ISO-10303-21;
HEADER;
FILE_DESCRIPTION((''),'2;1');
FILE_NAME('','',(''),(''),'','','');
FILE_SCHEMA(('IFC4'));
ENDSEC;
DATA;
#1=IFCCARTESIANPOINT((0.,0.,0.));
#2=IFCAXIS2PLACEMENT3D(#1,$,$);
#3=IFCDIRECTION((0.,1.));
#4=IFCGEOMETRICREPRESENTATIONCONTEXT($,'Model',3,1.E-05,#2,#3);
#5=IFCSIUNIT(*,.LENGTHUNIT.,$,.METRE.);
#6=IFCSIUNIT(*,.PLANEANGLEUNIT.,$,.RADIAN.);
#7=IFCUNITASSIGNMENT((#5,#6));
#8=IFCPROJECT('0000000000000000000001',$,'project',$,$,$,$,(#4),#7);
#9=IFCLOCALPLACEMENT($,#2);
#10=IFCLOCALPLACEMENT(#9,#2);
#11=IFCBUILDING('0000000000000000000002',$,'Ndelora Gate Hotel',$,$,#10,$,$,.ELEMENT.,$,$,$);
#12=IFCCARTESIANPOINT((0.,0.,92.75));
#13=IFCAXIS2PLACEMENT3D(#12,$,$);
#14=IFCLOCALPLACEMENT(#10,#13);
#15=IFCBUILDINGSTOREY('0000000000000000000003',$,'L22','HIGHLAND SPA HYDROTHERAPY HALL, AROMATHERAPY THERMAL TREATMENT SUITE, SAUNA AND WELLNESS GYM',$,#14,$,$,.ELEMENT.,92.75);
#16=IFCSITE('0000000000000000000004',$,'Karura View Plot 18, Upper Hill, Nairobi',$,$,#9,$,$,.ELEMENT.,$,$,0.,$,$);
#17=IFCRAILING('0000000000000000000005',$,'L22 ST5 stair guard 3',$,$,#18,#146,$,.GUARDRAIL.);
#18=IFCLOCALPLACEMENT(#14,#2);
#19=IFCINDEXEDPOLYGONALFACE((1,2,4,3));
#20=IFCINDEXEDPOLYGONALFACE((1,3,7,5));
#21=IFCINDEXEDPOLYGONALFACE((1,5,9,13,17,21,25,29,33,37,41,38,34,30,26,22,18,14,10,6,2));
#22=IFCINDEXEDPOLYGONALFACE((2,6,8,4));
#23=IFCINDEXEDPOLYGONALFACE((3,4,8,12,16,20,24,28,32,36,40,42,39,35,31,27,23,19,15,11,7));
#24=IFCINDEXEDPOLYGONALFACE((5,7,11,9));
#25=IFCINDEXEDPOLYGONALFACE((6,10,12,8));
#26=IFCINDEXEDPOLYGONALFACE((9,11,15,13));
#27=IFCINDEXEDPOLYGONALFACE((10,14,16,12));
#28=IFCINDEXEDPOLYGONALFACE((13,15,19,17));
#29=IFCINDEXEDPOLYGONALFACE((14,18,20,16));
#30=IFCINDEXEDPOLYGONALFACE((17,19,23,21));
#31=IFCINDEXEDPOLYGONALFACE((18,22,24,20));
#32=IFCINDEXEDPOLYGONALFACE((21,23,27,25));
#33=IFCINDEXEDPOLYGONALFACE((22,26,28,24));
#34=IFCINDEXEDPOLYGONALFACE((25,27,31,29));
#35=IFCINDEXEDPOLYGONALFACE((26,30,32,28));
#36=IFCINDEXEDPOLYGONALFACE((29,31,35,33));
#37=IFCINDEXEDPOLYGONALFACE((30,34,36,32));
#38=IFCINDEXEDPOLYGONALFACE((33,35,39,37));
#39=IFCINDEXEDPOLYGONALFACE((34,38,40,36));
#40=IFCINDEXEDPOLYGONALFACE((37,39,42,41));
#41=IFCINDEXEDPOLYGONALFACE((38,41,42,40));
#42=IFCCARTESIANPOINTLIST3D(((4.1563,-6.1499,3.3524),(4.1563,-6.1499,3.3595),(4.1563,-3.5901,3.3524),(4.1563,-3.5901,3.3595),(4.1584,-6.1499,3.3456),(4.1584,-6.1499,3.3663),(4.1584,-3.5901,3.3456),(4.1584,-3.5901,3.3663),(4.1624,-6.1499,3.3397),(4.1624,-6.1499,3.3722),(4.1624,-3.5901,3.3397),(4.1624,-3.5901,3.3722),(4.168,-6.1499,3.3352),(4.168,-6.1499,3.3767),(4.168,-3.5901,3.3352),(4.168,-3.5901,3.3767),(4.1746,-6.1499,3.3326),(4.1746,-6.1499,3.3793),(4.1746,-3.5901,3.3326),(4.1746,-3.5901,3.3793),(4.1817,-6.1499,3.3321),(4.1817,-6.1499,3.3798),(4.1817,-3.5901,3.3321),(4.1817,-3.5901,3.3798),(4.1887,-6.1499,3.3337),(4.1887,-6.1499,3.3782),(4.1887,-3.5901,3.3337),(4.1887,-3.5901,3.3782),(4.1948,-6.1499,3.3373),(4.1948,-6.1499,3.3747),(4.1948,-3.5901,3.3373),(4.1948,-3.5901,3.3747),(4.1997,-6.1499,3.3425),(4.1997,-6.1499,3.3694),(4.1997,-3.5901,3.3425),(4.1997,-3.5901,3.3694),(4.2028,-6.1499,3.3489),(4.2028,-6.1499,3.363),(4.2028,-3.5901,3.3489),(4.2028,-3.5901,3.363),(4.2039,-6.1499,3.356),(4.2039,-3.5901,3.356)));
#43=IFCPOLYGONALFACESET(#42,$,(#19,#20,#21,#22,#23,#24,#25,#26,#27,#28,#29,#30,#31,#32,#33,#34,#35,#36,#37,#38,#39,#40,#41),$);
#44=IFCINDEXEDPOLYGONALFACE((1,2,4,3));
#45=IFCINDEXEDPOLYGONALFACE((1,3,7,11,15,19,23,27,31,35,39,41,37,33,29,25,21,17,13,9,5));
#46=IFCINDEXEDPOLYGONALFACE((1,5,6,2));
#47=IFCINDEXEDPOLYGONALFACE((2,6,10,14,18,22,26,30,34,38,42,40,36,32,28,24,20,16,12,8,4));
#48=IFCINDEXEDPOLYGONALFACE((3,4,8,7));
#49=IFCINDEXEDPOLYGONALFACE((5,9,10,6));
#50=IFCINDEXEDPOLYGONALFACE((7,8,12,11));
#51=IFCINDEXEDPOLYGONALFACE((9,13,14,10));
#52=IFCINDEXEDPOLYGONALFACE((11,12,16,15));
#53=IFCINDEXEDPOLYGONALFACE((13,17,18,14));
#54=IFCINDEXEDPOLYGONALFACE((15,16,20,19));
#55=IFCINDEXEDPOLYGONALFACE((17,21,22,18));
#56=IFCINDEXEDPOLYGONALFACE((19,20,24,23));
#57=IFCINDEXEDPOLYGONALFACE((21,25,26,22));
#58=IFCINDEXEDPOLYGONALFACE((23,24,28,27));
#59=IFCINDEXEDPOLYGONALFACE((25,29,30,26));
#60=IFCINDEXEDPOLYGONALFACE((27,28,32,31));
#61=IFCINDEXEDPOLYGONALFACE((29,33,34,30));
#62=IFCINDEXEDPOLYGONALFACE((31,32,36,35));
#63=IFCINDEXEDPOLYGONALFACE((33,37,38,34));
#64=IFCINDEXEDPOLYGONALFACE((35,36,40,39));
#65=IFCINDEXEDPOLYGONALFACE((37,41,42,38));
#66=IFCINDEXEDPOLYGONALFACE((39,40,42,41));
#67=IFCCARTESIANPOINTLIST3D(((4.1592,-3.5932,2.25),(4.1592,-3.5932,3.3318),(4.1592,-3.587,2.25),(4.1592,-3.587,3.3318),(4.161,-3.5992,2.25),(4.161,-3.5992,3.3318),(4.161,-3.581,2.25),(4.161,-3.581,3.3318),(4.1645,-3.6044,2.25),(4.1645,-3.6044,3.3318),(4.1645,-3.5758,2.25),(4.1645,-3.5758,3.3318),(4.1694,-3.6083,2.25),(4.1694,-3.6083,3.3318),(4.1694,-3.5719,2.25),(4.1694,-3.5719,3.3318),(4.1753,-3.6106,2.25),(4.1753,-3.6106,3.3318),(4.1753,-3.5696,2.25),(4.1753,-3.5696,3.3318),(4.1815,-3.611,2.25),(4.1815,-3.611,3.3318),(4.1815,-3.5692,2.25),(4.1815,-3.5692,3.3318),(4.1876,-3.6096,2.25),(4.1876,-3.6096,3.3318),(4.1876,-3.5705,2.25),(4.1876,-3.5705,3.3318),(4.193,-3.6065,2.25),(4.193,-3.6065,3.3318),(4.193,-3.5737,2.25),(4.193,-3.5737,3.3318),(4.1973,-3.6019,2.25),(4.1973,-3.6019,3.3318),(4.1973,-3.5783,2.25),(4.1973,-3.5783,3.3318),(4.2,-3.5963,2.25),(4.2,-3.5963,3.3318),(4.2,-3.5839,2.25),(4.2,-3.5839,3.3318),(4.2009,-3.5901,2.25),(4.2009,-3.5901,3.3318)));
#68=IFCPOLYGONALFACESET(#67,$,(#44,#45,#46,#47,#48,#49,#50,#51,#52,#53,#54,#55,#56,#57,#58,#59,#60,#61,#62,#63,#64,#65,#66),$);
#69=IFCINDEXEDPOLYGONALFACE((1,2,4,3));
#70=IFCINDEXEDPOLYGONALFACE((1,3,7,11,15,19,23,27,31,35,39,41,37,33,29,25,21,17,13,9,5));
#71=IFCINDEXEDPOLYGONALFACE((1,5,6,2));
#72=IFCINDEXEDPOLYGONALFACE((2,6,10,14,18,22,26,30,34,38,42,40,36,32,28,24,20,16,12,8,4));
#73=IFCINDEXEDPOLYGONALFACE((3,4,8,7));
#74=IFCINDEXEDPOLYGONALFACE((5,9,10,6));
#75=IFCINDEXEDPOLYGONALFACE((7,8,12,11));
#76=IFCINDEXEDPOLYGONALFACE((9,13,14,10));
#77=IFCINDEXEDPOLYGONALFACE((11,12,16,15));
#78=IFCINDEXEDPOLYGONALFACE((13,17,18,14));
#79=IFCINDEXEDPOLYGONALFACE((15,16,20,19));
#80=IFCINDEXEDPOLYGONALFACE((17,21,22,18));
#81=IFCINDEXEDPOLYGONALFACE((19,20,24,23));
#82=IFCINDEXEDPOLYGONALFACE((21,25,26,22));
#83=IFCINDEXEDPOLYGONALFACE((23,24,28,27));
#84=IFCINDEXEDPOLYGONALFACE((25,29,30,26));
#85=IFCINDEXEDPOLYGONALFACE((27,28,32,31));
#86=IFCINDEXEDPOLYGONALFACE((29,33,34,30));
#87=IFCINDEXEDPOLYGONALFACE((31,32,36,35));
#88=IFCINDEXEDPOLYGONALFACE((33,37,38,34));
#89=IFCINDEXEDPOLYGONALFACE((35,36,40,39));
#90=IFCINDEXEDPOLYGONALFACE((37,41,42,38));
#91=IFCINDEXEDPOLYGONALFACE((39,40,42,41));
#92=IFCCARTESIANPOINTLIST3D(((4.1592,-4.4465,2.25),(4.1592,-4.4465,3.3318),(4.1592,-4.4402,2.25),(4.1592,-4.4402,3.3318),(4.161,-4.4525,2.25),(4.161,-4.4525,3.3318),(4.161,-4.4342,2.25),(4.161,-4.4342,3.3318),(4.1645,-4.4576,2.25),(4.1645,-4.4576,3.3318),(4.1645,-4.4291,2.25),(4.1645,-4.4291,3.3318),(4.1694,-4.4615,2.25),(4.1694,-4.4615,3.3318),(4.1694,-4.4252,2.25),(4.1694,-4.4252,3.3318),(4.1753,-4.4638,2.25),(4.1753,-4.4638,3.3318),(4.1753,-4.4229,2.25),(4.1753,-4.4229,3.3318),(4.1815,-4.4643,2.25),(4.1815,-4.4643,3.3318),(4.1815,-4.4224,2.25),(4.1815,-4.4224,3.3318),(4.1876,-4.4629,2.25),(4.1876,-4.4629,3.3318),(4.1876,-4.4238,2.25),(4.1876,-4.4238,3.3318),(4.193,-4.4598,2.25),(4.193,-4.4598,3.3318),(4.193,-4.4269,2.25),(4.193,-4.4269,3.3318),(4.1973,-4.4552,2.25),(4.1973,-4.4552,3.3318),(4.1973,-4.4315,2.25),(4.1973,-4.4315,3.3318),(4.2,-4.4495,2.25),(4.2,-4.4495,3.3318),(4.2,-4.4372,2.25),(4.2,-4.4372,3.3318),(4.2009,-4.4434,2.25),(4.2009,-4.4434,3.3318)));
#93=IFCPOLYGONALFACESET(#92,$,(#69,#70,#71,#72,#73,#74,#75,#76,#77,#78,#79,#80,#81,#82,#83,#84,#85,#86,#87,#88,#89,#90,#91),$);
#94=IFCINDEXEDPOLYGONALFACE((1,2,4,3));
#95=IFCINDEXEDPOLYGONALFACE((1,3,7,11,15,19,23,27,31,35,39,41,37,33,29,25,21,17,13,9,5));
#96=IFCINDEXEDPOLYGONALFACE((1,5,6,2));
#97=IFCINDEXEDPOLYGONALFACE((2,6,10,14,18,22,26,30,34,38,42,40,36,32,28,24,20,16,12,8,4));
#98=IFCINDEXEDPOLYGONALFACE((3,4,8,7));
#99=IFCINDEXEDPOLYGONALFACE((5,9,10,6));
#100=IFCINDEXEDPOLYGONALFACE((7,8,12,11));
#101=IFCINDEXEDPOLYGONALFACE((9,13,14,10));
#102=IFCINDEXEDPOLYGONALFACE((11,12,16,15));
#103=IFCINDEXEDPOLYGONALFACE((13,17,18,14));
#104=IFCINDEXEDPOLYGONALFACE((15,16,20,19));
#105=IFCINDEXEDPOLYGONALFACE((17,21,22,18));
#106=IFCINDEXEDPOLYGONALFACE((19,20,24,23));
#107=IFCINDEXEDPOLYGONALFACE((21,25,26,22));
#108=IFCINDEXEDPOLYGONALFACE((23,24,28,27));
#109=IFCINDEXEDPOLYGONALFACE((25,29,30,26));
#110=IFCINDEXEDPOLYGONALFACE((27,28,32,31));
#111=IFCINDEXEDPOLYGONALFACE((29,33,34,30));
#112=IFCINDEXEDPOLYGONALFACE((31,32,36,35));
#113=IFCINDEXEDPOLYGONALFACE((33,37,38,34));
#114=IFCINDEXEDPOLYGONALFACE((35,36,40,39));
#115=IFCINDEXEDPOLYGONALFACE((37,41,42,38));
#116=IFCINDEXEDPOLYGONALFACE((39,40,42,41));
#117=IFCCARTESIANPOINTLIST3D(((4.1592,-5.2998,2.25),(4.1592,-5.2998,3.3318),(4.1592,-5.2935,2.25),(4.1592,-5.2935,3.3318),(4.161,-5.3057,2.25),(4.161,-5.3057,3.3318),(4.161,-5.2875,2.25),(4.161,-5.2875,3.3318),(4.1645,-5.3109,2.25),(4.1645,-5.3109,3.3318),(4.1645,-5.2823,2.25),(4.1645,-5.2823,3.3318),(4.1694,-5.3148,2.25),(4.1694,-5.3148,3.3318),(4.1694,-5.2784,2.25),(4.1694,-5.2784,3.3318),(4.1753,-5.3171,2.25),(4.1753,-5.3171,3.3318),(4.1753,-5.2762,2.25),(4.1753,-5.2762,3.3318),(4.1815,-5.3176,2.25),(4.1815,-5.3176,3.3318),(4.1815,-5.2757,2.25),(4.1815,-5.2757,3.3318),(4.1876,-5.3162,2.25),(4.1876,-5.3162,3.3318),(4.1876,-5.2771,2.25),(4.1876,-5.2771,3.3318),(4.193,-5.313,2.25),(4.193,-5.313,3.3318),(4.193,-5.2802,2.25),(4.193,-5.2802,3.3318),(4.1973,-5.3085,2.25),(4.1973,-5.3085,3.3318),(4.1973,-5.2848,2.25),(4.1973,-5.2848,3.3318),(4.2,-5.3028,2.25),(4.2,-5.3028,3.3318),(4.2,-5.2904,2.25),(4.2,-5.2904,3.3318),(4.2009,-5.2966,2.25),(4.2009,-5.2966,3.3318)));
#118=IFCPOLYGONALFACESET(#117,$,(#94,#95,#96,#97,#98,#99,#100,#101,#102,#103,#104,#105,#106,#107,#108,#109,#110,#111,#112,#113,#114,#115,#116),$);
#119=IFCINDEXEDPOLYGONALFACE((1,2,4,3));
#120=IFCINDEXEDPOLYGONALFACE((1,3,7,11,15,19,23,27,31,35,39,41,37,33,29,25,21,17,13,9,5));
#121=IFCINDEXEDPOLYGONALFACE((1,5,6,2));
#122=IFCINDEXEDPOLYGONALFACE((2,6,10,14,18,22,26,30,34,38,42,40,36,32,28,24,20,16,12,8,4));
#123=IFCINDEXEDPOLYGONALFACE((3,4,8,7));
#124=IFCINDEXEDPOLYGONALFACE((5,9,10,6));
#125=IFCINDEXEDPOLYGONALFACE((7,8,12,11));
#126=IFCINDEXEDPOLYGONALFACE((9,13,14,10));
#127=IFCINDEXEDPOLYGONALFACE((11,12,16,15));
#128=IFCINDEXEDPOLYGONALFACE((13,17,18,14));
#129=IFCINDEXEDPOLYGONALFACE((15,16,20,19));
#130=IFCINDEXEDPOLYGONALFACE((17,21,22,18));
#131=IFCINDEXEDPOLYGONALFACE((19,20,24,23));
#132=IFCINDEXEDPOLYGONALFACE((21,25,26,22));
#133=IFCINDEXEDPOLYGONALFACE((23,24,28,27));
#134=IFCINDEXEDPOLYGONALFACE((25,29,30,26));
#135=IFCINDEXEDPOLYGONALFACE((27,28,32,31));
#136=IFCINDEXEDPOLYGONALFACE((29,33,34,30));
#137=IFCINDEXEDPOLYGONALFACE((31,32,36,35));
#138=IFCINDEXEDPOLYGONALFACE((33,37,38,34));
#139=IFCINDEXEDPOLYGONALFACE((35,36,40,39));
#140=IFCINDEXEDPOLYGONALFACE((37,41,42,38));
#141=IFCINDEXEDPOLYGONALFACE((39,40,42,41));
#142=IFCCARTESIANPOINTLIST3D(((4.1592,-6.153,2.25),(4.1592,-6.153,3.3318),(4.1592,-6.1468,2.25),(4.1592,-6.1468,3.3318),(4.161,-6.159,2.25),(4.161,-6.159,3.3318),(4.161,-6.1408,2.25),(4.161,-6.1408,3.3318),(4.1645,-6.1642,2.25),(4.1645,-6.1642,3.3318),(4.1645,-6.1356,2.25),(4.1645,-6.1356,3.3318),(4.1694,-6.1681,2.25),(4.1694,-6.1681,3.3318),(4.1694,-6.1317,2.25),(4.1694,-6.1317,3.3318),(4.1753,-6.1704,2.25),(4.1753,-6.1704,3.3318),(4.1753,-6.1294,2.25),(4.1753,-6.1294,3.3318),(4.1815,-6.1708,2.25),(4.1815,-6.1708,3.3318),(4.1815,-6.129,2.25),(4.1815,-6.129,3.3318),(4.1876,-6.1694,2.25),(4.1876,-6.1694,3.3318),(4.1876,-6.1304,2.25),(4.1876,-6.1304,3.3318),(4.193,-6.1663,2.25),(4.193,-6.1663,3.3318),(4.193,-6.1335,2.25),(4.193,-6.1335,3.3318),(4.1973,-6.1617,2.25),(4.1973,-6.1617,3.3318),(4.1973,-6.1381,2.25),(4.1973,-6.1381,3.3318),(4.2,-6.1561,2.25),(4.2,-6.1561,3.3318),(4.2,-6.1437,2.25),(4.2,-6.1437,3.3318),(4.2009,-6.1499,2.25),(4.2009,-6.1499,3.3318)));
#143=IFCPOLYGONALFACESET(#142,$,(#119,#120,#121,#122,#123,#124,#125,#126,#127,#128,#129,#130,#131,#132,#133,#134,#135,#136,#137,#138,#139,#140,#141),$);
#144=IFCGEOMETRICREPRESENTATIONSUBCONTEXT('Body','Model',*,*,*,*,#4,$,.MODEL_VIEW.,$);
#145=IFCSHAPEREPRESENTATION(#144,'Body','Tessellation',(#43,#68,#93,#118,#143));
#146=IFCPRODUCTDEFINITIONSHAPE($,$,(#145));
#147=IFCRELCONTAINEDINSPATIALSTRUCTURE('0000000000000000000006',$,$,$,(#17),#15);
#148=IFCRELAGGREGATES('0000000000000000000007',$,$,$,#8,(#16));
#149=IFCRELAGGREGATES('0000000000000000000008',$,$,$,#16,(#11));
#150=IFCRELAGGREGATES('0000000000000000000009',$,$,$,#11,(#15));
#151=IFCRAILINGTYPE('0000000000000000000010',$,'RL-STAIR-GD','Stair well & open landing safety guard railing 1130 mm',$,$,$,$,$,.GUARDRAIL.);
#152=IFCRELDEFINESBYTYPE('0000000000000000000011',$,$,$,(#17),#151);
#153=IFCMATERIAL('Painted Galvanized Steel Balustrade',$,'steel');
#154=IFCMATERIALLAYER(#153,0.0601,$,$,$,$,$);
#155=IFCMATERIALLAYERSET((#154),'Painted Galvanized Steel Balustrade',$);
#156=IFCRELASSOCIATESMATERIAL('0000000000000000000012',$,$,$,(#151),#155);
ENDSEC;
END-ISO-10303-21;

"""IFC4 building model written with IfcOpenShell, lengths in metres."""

from ifc_helpers import new_model, si_unit, direction, frame, origin, origin_2d, place, context, subcontext, project, spatial, circle, extrude, material, layer, layer_set, type_object, element, save


model = new_model("IFC4")

# Units and contexts
model_context = context("Model", 3, precision=1e-05, world=origin(), true_north=direction((0.0, 1.0)))
body_context = subcontext(model_context, "Body", "Model", "MODEL_VIEW")
ifc_project = project(units=[si_unit("LENGTHUNIT", "METRE"), si_unit("PLANEANGLEUNIT", "RADIAN")], contexts=[model_context])

# Site, building, storey
site_placement = place(None, origin())
site = spatial("IfcSite", under=ifc_project, at=site_placement, Name="Karura View Plot 18, Upper Hill, Nairobi", CompositionType="ELEMENT", RefElevation=0.0)
building_placement = place(site_placement, origin())
building = spatial("IfcBuilding", under=site, at=building_placement, Name="Ndelora Gate Hotel", CompositionType="ELEMENT")
storey_placement = place(building_placement, frame((0.0, 0.0, 92.75)))
storey = spatial("IfcBuildingStorey", under=building, at=storey_placement, Name="L22", Description="HIGHLAND SPA HYDROTHERAPY HALL, AROMATHERAPY THERMAL TREATMENT SUITE, SAUNA AND WELLNESS GYM", CompositionType="ELEMENT", Elevation=92.75)

# Railing
ifc_material_1 = material(Name="Painted Galvanized Steel Balustrade", Category="steel")
ifc_layer_1 = layer(ifc_material_1, 0.0601)
ifc_layer_set_1 = layer_set([ifc_layer_1], Name="Painted Galvanized Steel Balustrade")
railing_type_1 = type_object("IfcRailingType", Name="RL-STAIR-GD", Description="Stair well & open landing safety guard railing 1130 mm", PredefinedType="GUARDRAIL", material=ifc_layer_set_1)
for number, where, name in (
    (1, (4.1799, -3.5901, 2.25), "L22 ST5 stair guard 3"),
):
    element("IfcRailing", number, at=place(storey_placement, frame(where)), inside=storey, type_object=railing_type_1, Name=name, PredefinedType="GUARDRAIL", context=body_context, shape_type="SweptSolid", body=[
        extrude(circle(Radius=0.0239, at=origin_2d()), frame((0.0, 0.0, 1.106), z_axis=(0.0, -1.0, 0.0), x_axis=(1.0, 0.0, 0.0)), (0.0, 0.0, 1.0), 2.5598),
        extrude(circle(Radius=0.021, at=origin_2d()), origin(), (0.0, 0.0, 1.0), 1.0818),
        extrude(circle(Radius=0.021, at=origin_2d()), frame((0.0, -0.8533, 0.0)), (0.0, 0.0, 1.0), 1.0818),
        extrude(circle(Radius=0.021, at=origin_2d()), frame((0.0, -1.7065, 0.0)), (0.0, 0.0, 1.0), 1.0818),
        extrude(circle(Radius=0.021, at=origin_2d()), frame((0.0, -2.5598, 0.0)), (0.0, 0.0, 1.0), 1.0818),
    ])

save(model, "model.ifc")
